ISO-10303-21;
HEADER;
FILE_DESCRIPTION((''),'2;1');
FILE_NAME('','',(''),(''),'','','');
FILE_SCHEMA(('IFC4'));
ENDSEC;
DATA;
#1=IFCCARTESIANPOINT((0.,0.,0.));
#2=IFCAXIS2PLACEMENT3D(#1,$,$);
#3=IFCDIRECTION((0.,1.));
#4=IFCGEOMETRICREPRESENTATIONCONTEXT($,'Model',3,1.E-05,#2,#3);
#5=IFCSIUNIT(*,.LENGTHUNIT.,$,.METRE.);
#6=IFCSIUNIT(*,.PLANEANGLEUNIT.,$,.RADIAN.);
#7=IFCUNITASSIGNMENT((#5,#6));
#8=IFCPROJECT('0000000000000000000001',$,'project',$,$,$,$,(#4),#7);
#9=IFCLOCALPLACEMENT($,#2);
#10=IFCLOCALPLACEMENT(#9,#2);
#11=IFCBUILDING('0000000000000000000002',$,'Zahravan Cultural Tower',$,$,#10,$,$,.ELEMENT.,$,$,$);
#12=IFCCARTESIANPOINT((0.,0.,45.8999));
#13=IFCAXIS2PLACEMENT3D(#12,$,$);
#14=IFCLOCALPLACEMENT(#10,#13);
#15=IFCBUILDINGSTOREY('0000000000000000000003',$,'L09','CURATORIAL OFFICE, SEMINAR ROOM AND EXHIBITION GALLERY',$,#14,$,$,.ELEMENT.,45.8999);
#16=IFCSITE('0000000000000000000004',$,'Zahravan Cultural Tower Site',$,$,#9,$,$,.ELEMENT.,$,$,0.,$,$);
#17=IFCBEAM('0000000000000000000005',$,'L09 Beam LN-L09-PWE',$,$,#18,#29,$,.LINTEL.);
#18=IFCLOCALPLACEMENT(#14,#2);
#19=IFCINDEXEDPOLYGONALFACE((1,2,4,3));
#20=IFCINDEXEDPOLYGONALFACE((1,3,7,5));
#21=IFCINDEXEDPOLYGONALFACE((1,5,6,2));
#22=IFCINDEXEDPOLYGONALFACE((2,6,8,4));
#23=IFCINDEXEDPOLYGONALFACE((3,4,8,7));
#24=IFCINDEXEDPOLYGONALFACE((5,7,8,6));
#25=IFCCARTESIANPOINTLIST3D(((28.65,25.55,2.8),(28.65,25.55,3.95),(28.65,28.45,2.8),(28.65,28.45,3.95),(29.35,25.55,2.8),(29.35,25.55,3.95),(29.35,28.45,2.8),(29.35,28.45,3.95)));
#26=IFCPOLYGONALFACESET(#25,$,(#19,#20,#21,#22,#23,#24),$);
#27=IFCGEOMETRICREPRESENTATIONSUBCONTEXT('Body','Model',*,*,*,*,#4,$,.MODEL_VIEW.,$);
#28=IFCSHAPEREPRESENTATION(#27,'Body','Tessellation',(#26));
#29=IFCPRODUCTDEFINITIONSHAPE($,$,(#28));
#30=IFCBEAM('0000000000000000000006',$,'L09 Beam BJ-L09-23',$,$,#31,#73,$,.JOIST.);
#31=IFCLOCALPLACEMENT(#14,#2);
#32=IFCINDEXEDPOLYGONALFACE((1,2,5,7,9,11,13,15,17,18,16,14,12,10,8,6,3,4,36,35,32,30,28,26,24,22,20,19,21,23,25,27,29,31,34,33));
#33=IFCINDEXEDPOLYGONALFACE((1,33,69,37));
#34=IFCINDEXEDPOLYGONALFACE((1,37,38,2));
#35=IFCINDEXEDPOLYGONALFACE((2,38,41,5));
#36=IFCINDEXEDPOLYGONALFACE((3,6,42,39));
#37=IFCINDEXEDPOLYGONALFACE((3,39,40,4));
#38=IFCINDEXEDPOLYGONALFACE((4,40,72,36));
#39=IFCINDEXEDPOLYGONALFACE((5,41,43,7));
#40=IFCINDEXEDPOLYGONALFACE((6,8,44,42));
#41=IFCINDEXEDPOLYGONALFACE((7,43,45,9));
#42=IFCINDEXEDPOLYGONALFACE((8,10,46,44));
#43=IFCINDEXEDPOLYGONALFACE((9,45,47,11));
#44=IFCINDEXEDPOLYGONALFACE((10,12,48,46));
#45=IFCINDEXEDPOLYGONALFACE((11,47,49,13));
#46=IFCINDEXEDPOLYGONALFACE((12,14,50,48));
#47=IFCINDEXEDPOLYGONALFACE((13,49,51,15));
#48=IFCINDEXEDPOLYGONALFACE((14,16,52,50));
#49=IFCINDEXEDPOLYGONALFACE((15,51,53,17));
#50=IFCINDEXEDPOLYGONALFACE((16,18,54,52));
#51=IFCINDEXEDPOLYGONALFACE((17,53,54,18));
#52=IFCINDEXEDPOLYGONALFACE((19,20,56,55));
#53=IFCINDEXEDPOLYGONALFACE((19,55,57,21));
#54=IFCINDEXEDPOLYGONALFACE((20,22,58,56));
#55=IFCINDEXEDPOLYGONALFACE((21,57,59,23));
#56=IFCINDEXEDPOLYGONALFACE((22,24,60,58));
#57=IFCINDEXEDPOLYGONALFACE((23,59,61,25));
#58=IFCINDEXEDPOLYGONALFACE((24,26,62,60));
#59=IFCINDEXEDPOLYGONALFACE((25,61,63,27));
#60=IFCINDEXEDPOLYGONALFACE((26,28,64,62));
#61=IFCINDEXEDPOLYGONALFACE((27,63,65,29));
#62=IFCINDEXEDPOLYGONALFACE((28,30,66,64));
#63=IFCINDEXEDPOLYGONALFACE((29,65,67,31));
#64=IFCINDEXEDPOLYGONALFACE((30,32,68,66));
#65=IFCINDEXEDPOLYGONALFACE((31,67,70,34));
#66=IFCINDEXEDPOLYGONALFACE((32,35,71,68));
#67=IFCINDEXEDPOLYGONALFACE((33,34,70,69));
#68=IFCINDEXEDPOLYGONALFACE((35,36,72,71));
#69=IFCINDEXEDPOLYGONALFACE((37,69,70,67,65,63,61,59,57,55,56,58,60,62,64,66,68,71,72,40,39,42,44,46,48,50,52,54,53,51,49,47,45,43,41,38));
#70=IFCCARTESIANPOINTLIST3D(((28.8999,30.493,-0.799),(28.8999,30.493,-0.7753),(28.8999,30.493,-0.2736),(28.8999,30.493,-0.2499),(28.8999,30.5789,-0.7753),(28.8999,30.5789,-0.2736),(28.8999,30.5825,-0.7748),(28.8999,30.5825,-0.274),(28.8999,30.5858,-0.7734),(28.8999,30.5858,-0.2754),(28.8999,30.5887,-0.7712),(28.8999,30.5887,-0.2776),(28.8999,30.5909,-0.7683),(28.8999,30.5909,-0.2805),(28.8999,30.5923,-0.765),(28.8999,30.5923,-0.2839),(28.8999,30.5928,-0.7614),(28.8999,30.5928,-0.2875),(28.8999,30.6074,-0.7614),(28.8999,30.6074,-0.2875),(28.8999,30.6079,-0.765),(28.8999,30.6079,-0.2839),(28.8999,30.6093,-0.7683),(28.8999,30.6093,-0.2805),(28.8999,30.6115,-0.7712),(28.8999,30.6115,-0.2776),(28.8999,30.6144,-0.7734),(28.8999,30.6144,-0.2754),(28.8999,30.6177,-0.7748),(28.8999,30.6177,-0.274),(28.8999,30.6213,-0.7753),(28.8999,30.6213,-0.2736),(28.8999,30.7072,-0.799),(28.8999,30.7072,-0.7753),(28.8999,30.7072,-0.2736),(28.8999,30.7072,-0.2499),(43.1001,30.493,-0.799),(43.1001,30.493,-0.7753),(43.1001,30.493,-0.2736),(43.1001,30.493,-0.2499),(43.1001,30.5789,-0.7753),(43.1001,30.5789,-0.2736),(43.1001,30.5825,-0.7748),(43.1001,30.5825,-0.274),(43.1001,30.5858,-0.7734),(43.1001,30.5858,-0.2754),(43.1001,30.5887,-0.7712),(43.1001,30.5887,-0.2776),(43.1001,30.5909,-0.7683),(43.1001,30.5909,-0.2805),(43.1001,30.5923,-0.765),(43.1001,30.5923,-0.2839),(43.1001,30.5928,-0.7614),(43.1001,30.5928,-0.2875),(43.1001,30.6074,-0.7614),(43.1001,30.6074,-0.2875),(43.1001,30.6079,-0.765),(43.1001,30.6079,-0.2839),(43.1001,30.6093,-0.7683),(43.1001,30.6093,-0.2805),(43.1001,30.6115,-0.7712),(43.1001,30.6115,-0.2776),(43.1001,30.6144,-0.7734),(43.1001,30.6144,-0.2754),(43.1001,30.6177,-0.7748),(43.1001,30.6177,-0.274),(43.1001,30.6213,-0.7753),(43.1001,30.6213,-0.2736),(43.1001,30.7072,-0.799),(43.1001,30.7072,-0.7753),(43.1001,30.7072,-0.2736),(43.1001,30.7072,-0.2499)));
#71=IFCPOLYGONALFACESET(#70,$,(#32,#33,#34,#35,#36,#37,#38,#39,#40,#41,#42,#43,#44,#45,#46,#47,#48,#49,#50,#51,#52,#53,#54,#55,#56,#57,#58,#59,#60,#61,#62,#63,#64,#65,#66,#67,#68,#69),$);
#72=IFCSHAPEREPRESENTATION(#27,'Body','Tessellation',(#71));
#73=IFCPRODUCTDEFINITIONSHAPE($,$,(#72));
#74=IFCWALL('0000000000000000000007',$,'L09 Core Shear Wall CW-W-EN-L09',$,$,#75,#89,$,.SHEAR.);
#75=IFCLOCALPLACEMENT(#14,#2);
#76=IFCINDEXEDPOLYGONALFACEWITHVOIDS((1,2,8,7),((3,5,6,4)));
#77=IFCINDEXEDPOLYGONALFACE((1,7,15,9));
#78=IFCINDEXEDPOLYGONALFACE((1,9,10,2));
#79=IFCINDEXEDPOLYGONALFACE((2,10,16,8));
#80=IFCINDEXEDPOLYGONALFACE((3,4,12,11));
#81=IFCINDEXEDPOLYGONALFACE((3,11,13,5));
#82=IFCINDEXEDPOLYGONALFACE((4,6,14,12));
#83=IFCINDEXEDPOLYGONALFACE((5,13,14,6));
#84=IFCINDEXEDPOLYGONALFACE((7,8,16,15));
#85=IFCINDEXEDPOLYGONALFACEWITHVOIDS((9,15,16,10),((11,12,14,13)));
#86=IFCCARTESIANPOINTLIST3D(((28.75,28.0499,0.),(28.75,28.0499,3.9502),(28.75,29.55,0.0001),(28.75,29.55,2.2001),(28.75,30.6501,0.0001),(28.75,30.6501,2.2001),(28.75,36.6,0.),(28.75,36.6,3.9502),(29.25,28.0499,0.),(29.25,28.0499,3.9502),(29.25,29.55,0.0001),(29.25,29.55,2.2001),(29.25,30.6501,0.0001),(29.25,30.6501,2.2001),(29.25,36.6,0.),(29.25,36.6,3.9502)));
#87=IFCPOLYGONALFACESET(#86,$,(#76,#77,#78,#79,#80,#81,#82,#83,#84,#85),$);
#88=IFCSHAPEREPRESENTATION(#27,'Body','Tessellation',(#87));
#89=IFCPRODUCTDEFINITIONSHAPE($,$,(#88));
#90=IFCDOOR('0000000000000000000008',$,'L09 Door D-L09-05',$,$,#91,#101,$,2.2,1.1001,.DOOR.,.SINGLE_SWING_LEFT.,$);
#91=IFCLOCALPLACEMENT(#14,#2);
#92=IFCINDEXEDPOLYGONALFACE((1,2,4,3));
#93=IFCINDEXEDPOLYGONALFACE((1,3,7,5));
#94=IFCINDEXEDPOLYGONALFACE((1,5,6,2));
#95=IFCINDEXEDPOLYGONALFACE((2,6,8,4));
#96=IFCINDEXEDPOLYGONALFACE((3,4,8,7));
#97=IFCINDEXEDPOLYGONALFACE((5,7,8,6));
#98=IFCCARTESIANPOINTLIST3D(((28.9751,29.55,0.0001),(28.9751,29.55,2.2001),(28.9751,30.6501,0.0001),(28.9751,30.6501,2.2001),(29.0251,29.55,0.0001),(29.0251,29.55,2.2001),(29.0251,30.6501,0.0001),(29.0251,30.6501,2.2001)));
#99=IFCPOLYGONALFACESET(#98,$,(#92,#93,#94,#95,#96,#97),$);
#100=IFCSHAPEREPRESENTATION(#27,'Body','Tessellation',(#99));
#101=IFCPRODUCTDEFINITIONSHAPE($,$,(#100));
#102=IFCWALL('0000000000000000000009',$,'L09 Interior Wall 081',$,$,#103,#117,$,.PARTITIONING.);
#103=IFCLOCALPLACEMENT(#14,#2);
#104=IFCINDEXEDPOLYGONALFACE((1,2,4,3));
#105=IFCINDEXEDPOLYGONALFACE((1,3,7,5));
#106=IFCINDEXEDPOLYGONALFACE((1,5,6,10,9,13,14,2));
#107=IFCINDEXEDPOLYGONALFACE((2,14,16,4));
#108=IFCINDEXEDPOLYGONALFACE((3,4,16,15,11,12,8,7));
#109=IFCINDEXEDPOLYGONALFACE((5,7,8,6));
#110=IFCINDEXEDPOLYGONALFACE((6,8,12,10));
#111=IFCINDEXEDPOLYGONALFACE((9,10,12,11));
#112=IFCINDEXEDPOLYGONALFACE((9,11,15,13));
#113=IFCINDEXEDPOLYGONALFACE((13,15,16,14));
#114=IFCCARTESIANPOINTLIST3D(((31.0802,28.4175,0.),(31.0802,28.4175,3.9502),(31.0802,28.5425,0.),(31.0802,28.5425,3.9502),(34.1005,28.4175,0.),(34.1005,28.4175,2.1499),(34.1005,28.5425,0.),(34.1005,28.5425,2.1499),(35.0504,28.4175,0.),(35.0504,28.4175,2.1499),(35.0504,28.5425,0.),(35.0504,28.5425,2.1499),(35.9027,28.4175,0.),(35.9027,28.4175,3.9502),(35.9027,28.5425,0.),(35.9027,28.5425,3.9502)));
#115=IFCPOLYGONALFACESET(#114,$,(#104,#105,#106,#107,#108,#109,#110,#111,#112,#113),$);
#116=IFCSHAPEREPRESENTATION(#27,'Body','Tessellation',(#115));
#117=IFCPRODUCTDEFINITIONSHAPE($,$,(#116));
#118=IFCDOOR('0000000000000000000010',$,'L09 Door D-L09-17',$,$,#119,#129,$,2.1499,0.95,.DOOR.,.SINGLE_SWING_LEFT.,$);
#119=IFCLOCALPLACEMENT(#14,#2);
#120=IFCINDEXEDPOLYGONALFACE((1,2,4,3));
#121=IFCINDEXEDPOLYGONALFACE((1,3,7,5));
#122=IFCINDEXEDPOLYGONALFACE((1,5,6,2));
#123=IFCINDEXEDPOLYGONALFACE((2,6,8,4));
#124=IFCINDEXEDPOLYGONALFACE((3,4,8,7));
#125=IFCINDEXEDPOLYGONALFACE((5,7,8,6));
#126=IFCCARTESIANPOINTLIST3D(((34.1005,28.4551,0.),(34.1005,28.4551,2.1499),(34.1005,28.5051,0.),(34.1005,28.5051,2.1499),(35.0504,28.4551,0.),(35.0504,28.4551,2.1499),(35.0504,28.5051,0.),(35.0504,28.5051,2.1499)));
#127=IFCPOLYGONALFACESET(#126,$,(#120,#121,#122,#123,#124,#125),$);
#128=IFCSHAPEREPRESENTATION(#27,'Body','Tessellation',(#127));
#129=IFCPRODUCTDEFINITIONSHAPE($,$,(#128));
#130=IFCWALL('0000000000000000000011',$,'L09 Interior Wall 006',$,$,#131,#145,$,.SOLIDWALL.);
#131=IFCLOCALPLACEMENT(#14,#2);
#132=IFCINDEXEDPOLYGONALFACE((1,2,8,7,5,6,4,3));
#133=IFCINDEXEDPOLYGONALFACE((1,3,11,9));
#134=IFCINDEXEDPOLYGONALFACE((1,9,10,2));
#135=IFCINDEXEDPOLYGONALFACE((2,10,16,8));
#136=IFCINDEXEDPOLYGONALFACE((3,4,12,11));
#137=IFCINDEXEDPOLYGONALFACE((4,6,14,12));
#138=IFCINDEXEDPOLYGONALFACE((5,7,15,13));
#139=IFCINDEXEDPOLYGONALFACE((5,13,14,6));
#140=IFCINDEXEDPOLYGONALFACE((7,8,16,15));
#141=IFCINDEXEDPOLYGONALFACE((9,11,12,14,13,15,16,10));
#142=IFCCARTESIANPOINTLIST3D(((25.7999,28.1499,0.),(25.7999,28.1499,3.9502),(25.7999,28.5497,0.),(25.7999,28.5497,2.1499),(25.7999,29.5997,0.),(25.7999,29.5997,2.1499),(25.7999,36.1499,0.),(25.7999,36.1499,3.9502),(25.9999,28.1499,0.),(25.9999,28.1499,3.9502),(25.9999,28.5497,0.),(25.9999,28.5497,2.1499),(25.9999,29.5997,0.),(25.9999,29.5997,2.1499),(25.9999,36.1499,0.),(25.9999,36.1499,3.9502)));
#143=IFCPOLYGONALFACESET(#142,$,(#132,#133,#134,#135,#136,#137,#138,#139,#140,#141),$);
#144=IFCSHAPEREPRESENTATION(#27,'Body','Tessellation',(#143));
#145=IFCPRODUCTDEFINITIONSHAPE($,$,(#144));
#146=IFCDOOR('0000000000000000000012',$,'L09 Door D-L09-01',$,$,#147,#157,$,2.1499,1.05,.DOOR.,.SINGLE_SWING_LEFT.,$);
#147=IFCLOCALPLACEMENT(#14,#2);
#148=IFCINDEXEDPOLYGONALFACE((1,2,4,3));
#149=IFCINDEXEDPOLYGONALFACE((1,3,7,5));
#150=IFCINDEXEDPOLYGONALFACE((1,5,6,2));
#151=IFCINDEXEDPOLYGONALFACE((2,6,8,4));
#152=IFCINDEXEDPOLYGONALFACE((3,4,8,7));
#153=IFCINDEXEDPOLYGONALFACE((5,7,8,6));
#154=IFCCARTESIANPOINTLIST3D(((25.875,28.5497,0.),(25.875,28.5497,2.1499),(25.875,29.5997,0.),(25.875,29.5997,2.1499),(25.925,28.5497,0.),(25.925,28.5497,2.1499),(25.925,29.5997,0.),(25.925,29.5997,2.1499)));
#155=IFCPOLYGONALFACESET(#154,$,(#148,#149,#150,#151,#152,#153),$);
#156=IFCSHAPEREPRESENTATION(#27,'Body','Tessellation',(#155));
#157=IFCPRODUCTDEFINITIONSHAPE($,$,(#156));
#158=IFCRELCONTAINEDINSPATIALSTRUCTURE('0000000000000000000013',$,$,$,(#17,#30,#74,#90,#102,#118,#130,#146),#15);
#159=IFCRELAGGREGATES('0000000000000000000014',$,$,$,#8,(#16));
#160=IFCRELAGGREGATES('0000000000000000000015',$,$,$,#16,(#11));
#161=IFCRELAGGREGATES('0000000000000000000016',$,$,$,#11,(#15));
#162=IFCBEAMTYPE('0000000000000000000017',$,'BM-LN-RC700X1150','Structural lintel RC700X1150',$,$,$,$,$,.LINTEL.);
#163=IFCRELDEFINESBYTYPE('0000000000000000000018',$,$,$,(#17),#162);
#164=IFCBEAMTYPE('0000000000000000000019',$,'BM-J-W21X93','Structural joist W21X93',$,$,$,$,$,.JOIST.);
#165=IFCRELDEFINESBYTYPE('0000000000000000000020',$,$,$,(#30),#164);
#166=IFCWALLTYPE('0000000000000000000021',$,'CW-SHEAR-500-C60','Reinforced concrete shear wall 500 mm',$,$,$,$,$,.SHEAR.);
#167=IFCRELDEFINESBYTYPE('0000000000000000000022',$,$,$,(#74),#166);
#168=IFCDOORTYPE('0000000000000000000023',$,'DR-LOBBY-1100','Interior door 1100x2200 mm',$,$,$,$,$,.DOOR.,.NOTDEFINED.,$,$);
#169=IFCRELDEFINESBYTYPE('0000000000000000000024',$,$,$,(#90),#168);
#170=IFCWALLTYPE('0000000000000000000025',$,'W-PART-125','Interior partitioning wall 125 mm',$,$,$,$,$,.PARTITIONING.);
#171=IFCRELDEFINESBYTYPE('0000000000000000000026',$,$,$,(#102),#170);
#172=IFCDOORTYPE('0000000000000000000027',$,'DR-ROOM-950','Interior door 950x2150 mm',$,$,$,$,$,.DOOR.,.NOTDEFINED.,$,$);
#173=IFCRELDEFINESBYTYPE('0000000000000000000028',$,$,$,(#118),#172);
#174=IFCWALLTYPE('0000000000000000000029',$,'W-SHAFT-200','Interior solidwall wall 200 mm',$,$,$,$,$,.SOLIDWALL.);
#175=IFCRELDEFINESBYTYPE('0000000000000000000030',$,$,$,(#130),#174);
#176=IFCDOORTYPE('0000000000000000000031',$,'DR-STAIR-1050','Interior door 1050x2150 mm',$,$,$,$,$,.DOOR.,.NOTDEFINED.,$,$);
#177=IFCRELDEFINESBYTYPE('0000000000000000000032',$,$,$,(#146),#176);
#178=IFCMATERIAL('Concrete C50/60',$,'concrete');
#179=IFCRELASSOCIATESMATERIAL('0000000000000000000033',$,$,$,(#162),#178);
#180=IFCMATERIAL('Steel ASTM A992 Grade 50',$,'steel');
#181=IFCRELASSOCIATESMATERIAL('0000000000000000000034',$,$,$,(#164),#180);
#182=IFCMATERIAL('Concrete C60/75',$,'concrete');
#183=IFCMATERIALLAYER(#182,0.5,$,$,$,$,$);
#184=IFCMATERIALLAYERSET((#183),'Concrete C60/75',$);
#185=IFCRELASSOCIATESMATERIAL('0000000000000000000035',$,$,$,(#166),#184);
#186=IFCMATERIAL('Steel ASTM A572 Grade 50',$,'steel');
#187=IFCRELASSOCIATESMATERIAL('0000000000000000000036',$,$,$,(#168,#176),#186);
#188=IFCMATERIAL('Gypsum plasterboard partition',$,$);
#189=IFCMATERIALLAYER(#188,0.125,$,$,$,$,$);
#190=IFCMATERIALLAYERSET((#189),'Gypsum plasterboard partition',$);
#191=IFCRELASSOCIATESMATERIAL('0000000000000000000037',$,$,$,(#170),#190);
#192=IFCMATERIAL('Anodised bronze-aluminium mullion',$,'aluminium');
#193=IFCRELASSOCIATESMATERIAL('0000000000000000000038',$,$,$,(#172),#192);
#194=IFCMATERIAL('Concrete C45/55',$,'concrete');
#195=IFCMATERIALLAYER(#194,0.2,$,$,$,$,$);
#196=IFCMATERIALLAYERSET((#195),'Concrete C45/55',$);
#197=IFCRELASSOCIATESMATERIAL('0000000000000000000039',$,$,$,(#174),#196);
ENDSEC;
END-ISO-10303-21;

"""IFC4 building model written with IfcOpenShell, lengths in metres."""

from ifc_helpers import new_model, si_unit, direction, frame, frame_2d, origin, origin_2d, place, context, subcontext, project, spatial, rectangle, i_section, extrude, source, transform, mapped, material, layer, layer_set, material_profile, profile_set, type_object, element, fill, save


model = new_model("IFC4")

# Units and contexts
model_context = context("Model", 3, precision=1e-05, world=origin(), true_north=direction((0.0, 1.0)))
body_context = subcontext(model_context, "Body", "Model", "MODEL_VIEW")
ifc_project = project(units=[si_unit("LENGTHUNIT", "METRE"), si_unit("PLANEANGLEUNIT", "RADIAN")], contexts=[model_context])

# Site, building, storey
site_placement = place(None, origin())
site = spatial("IfcSite", under=ifc_project, at=site_placement, Name="Zahravan Cultural Tower Site", CompositionType="ELEMENT", RefElevation=0.0)
building_placement = place(site_placement, origin())
building = spatial("IfcBuilding", under=site, at=building_placement, Name="Zahravan Cultural Tower", CompositionType="ELEMENT")
storey_placement = place(building_placement, frame((0.0, 0.0, 45.8999)))
storey = spatial("IfcBuildingStorey", under=building, at=storey_placement, Name="L09", Description="CURATORIAL OFFICE, SEMINAR ROOM AND EXHIBITION GALLERY", CompositionType="ELEMENT", Elevation=45.8999)

# Beams
ifc_material_1 = material(Name="Concrete C50/60", Category="concrete")
ifc_material_profile_1 = material_profile(ifc_material_1, rectangle(XDim=0.7, YDim=1.1499, at=origin_2d()), Name="RC700X1150")
ifc_profile_set_1 = profile_set([ifc_material_profile_1], Name="Concrete C50/60")
beam_type_1 = type_object("IfcBeamType", Name="BM-LN-RC700X1150", Description="Structural lintel RC700X1150", PredefinedType="LINTEL", material=ifc_profile_set_1)
shared_shape_1 = source(origin(), body_context, "Body", "SweptSolid", [
    extrude(rectangle(XDim=0.7, YDim=1.1499, at=origin_2d()), origin(), (0.0, 0.0, 1.0), 2.8999),
])
beam_1_placement = place(storey_placement, frame((29.0, 25.55, 3.375), z_axis=(0.0, 1.0, 0.0), x_axis=(-1.0, 0.0, 0.0)))
element("IfcBeam", 1, at=beam_1_placement, inside=storey, type_object=beam_type_1, Name="L09 Beam LN-L09-PWE", PredefinedType="LINTEL", context=body_context, shape_type="MappedRepresentation", body=[
    mapped(shared_shape_1, transform((0.0, 0.0, 0.0), x_axis=(1.0, 0.0, 0.0), y_axis=(0.0, 1.0, 0.0), z_axis=(0.0, 0.0, 1.0), scale=1.0)),
])
ifc_material_2 = material(Name="Steel ASTM A992 Grade 50", Category="steel")
ifc_material_profile_2 = material_profile(ifc_material_2, i_section(OverallWidth=0.2141, OverallDepth=0.5491, WebThickness=0.0146, FlangeThickness=0.0237, FilletRadius=0.0139, at=origin_2d()), Name="W21X93")
ifc_profile_set_2 = profile_set([ifc_material_profile_2], Name="Steel ASTM A992 Grade 50")
beam_type_2 = type_object("IfcBeamType", Name="BM-J-W21X93", Description="Structural joist W21X93", PredefinedType="JOIST", material=ifc_profile_set_2)
shared_shape_2 = source(origin(), body_context, "Body", "SweptSolid", [
    extrude(i_section(OverallWidth=0.2141, OverallDepth=0.5491, WebThickness=0.0146, FlangeThickness=0.0237, FilletRadius=0.0139, at=origin_2d()), origin(), (0.0, 0.0, 1.0), 14.2002),
])
beam_2_placement = place(storey_placement, frame((28.8999, 30.6001, -0.5244), z_axis=(1.0, 0.0, 0.0), x_axis=(0.0, 1.0, 0.0)))
element("IfcBeam", 2, at=beam_2_placement, inside=storey, type_object=beam_type_2, Name="L09 Beam BJ-L09-23", PredefinedType="JOIST", context=body_context, shape_type="MappedRepresentation", body=[
    mapped(shared_shape_2, transform((0.0, 0.0, 0.0), x_axis=(1.0, 0.0, 0.0), y_axis=(0.0, 1.0, 0.0), z_axis=(0.0, 0.0, 1.0), scale=1.0)),
])

# Walls, openings, doors
ifc_material_3 = material(Name="Concrete C60/75", Category="concrete")
ifc_layer_1 = layer(ifc_material_3, 0.5)
ifc_layer_set_1 = layer_set([ifc_layer_1], Name="Concrete C60/75")
wall_type_1 = type_object("IfcWallType", Name="CW-SHEAR-500-C60", Description="Reinforced concrete shear wall 500 mm", PredefinedType="SHEAR", material=ifc_layer_set_1)
wall_1_placement = place(storey_placement, frame((29.0, 28.05, 0.0), z_axis=(0.0, 0.0, 1.0), x_axis=(0.0, 1.0, 0.0)))
wall_1 = element("IfcWall", 3, at=wall_1_placement, inside=storey, type_object=wall_type_1, Name="L09 Core Shear Wall CW-W-EN-L09", PredefinedType="SHEAR", context=body_context, shape_type="SweptSolid", body=[
    extrude(rectangle(XDim=8.55, YDim=0.5, at=frame_2d((4.2749, 0.0))), origin(), (0.0, 0.0, 1.0), 3.9502),
])
opening_1_placement = place(wall_1_placement, frame((1.5, 0.0, 0.0)))
opening_1 = element("IfcOpeningElement", 4, at=opening_1_placement, cuts=wall_1, PredefinedType="OPENING", context=body_context, shape_type="SweptSolid", body=[
    extrude(rectangle(XDim=1.1001, YDim=2.2, at=frame_2d((0.55, 1.1001))), frame((0.0, 0.26, 0.0), z_axis=(0.0, -1.0, 0.0), x_axis=(1.0, 0.0, 0.0)), (0.0, 0.0, 1.0), 0.52),
])
ifc_material_4 = material(Name="Steel ASTM A572 Grade 50", Category="steel")
door_type_1 = type_object("IfcDoorType", Name="DR-LOBBY-1100", Description="Interior door 1100x2200 mm", OperationType="NOTDEFINED", PredefinedType="DOOR", material=ifc_material_4)
shared_shape_3 = source(origin(), body_context, "Body", "SweptSolid", [
    extrude(rectangle(XDim=1.1001, YDim=2.2, at=frame_2d((0.55, 1.1001))), frame((0.0, 0.0249, 0.0), z_axis=(0.0, -1.0, 0.0), x_axis=(1.0, 0.0, 0.0)), (0.0, 0.0, 1.0), 0.05),
])
door_1_placement = place(opening_1_placement, origin())
door_1 = element("IfcDoor", 5, at=door_1_placement, inside=storey, type_object=door_type_1, Name="L09 Door D-L09-05", OperationType="SINGLE_SWING_LEFT", OverallHeight=2.2, OverallWidth=1.1001, PredefinedType="DOOR", context=body_context, shape_type="MappedRepresentation", body=[
    mapped(shared_shape_3, transform((0.0, 0.0, 0.0), x_axis=(1.0, 0.0, 0.0), y_axis=(0.0, 1.0, 0.0), z_axis=(0.0, 0.0, 1.0), scale=1.0)),
])
fill(opening_1, door_1)
ifc_material_5 = material(Name="Gypsum plasterboard partition")
ifc_layer_2 = layer(ifc_material_5, 0.125)
ifc_layer_set_2 = layer_set([ifc_layer_2], Name="Gypsum plasterboard partition")
wall_type_2 = type_object("IfcWallType", Name="W-PART-125", Description="Interior partitioning wall 125 mm", PredefinedType="PARTITIONING", material=ifc_layer_set_2)
ifc_material_6 = material(Name="Anodised bronze-aluminium mullion", Category="aluminium")
door_type_2 = type_object("IfcDoorType", Name="DR-ROOM-950", Description="Interior door 950x2150 mm", OperationType="NOTDEFINED", PredefinedType="DOOR", material=ifc_material_6)
shared_shape_4 = source(origin(), body_context, "Body", "SweptSolid", [
    extrude(rectangle(XDim=0.95, YDim=2.1499, at=frame_2d((0.4751, 1.075))), frame((0.0, 0.0249, 0.0), z_axis=(0.0, -1.0, 0.0), x_axis=(1.0, 0.0, 0.0)), (0.0, 0.0, 1.0), 0.05),
])
wall_2_placement = place(storey_placement, frame((35.9026, 28.48, 0.0), z_axis=(0.0, 0.0, 1.0), x_axis=(-1.0, 0.0, 0.0)))
wall_2 = element("IfcWall", 6, at=wall_2_placement, inside=storey, type_object=wall_type_2, Name="L09 Interior Wall 081", PredefinedType="PARTITIONING", context=body_context, shape_type="SweptSolid", body=[
    extrude(rectangle(XDim=4.8225, YDim=0.125, at=frame_2d((2.4111, 0.0))), origin(), (0.0, 0.0, 1.0), 3.9502),
])
opening_2_placement = place(wall_2_placement, frame((0.8521, 0.0, 0.0)))
opening_2 = element("IfcOpeningElement", 7, at=opening_2_placement, cuts=wall_2, PredefinedType="OPENING", context=body_context, shape_type="SweptSolid", body=[
    extrude(rectangle(XDim=0.95, YDim=2.1499, at=frame_2d((0.4751, 1.075))), frame((0.0, 0.0725, 0.0), z_axis=(0.0, -1.0, 0.0), x_axis=(1.0, 0.0, 0.0)), (0.0, 0.0, 1.0), 0.145),
])
door_2_placement = place(opening_2_placement, origin())
door_2 = element("IfcDoor", 8, at=door_2_placement, inside=storey, type_object=door_type_2, Name="L09 Door D-L09-17", OperationType="SINGLE_SWING_LEFT", OverallHeight=2.1499, OverallWidth=0.95, PredefinedType="DOOR", context=body_context, shape_type="MappedRepresentation", body=[
    mapped(shared_shape_4, transform((0.0, 0.0, 0.0), x_axis=(1.0, 0.0, 0.0), y_axis=(0.0, 1.0, 0.0), z_axis=(0.0, 0.0, 1.0), scale=1.0)),
])
fill(opening_2, door_2)
ifc_material_7 = material(Name="Concrete C45/55", Category="concrete")
ifc_layer_3 = layer(ifc_material_7, 0.2)
ifc_layer_set_3 = layer_set([ifc_layer_3], Name="Concrete C45/55")
wall_type_3 = type_object("IfcWallType", Name="W-SHAFT-200", Description="Interior solidwall wall 200 mm", PredefinedType="SOLIDWALL", material=ifc_layer_set_3)
wall_3_placement = place(storey_placement, frame((25.8999, 28.1499, 0.0), z_axis=(0.0, 0.0, 1.0), x_axis=(0.0, 1.0, 0.0)))
wall_3 = element("IfcWall", 9, at=wall_3_placement, inside=storey, type_object=wall_type_3, Name="L09 Interior Wall 006", PredefinedType="SOLIDWALL", context=body_context, shape_type="SweptSolid", body=[
    extrude(rectangle(XDim=8.0, YDim=0.2, at=frame_2d((4.0, 0.0))), origin(), (0.0, 0.0, 1.0), 3.9502),
])
opening_3_placement = place(wall_3_placement, frame((0.3999, 0.0, 0.0)))
opening_3 = element("IfcOpeningElement", 10, at=opening_3_placement, cuts=wall_3, PredefinedType="OPENING", context=body_context, shape_type="SweptSolid", body=[
    extrude(rectangle(XDim=1.05, YDim=2.1499, at=frame_2d((0.5249, 1.075))), frame((0.0, 0.1099, 0.0), z_axis=(0.0, -1.0, 0.0), x_axis=(1.0, 0.0, 0.0)), (0.0, 0.0, 1.0), 0.22),
])
door_type_3 = type_object("IfcDoorType", Name="DR-STAIR-1050", Description="Interior door 1050x2150 mm", OperationType="NOTDEFINED", PredefinedType="DOOR", material=ifc_material_4)
shared_shape_5 = source(origin(), body_context, "Body", "SweptSolid", [
    extrude(rectangle(XDim=1.05, YDim=2.1499, at=frame_2d((0.5249, 1.075))), frame((0.0, 0.0249, 0.0), z_axis=(0.0, -1.0, 0.0), x_axis=(1.0, 0.0, 0.0)), (0.0, 0.0, 1.0), 0.05),
])
door_3_placement = place(opening_3_placement, origin())
door_3 = element("IfcDoor", 11, at=door_3_placement, inside=storey, type_object=door_type_3, Name="L09 Door D-L09-01", OperationType="SINGLE_SWING_LEFT", OverallHeight=2.1499, OverallWidth=1.05, PredefinedType="DOOR", context=body_context, shape_type="MappedRepresentation", body=[
    mapped(shared_shape_5, transform((0.0, 0.0, 0.0), x_axis=(1.0, 0.0, 0.0), y_axis=(0.0, 1.0, 0.0), z_axis=(0.0, 0.0, 1.0), scale=1.0)),
])
fill(opening_3, door_3)

save(model, "model.ifc")
